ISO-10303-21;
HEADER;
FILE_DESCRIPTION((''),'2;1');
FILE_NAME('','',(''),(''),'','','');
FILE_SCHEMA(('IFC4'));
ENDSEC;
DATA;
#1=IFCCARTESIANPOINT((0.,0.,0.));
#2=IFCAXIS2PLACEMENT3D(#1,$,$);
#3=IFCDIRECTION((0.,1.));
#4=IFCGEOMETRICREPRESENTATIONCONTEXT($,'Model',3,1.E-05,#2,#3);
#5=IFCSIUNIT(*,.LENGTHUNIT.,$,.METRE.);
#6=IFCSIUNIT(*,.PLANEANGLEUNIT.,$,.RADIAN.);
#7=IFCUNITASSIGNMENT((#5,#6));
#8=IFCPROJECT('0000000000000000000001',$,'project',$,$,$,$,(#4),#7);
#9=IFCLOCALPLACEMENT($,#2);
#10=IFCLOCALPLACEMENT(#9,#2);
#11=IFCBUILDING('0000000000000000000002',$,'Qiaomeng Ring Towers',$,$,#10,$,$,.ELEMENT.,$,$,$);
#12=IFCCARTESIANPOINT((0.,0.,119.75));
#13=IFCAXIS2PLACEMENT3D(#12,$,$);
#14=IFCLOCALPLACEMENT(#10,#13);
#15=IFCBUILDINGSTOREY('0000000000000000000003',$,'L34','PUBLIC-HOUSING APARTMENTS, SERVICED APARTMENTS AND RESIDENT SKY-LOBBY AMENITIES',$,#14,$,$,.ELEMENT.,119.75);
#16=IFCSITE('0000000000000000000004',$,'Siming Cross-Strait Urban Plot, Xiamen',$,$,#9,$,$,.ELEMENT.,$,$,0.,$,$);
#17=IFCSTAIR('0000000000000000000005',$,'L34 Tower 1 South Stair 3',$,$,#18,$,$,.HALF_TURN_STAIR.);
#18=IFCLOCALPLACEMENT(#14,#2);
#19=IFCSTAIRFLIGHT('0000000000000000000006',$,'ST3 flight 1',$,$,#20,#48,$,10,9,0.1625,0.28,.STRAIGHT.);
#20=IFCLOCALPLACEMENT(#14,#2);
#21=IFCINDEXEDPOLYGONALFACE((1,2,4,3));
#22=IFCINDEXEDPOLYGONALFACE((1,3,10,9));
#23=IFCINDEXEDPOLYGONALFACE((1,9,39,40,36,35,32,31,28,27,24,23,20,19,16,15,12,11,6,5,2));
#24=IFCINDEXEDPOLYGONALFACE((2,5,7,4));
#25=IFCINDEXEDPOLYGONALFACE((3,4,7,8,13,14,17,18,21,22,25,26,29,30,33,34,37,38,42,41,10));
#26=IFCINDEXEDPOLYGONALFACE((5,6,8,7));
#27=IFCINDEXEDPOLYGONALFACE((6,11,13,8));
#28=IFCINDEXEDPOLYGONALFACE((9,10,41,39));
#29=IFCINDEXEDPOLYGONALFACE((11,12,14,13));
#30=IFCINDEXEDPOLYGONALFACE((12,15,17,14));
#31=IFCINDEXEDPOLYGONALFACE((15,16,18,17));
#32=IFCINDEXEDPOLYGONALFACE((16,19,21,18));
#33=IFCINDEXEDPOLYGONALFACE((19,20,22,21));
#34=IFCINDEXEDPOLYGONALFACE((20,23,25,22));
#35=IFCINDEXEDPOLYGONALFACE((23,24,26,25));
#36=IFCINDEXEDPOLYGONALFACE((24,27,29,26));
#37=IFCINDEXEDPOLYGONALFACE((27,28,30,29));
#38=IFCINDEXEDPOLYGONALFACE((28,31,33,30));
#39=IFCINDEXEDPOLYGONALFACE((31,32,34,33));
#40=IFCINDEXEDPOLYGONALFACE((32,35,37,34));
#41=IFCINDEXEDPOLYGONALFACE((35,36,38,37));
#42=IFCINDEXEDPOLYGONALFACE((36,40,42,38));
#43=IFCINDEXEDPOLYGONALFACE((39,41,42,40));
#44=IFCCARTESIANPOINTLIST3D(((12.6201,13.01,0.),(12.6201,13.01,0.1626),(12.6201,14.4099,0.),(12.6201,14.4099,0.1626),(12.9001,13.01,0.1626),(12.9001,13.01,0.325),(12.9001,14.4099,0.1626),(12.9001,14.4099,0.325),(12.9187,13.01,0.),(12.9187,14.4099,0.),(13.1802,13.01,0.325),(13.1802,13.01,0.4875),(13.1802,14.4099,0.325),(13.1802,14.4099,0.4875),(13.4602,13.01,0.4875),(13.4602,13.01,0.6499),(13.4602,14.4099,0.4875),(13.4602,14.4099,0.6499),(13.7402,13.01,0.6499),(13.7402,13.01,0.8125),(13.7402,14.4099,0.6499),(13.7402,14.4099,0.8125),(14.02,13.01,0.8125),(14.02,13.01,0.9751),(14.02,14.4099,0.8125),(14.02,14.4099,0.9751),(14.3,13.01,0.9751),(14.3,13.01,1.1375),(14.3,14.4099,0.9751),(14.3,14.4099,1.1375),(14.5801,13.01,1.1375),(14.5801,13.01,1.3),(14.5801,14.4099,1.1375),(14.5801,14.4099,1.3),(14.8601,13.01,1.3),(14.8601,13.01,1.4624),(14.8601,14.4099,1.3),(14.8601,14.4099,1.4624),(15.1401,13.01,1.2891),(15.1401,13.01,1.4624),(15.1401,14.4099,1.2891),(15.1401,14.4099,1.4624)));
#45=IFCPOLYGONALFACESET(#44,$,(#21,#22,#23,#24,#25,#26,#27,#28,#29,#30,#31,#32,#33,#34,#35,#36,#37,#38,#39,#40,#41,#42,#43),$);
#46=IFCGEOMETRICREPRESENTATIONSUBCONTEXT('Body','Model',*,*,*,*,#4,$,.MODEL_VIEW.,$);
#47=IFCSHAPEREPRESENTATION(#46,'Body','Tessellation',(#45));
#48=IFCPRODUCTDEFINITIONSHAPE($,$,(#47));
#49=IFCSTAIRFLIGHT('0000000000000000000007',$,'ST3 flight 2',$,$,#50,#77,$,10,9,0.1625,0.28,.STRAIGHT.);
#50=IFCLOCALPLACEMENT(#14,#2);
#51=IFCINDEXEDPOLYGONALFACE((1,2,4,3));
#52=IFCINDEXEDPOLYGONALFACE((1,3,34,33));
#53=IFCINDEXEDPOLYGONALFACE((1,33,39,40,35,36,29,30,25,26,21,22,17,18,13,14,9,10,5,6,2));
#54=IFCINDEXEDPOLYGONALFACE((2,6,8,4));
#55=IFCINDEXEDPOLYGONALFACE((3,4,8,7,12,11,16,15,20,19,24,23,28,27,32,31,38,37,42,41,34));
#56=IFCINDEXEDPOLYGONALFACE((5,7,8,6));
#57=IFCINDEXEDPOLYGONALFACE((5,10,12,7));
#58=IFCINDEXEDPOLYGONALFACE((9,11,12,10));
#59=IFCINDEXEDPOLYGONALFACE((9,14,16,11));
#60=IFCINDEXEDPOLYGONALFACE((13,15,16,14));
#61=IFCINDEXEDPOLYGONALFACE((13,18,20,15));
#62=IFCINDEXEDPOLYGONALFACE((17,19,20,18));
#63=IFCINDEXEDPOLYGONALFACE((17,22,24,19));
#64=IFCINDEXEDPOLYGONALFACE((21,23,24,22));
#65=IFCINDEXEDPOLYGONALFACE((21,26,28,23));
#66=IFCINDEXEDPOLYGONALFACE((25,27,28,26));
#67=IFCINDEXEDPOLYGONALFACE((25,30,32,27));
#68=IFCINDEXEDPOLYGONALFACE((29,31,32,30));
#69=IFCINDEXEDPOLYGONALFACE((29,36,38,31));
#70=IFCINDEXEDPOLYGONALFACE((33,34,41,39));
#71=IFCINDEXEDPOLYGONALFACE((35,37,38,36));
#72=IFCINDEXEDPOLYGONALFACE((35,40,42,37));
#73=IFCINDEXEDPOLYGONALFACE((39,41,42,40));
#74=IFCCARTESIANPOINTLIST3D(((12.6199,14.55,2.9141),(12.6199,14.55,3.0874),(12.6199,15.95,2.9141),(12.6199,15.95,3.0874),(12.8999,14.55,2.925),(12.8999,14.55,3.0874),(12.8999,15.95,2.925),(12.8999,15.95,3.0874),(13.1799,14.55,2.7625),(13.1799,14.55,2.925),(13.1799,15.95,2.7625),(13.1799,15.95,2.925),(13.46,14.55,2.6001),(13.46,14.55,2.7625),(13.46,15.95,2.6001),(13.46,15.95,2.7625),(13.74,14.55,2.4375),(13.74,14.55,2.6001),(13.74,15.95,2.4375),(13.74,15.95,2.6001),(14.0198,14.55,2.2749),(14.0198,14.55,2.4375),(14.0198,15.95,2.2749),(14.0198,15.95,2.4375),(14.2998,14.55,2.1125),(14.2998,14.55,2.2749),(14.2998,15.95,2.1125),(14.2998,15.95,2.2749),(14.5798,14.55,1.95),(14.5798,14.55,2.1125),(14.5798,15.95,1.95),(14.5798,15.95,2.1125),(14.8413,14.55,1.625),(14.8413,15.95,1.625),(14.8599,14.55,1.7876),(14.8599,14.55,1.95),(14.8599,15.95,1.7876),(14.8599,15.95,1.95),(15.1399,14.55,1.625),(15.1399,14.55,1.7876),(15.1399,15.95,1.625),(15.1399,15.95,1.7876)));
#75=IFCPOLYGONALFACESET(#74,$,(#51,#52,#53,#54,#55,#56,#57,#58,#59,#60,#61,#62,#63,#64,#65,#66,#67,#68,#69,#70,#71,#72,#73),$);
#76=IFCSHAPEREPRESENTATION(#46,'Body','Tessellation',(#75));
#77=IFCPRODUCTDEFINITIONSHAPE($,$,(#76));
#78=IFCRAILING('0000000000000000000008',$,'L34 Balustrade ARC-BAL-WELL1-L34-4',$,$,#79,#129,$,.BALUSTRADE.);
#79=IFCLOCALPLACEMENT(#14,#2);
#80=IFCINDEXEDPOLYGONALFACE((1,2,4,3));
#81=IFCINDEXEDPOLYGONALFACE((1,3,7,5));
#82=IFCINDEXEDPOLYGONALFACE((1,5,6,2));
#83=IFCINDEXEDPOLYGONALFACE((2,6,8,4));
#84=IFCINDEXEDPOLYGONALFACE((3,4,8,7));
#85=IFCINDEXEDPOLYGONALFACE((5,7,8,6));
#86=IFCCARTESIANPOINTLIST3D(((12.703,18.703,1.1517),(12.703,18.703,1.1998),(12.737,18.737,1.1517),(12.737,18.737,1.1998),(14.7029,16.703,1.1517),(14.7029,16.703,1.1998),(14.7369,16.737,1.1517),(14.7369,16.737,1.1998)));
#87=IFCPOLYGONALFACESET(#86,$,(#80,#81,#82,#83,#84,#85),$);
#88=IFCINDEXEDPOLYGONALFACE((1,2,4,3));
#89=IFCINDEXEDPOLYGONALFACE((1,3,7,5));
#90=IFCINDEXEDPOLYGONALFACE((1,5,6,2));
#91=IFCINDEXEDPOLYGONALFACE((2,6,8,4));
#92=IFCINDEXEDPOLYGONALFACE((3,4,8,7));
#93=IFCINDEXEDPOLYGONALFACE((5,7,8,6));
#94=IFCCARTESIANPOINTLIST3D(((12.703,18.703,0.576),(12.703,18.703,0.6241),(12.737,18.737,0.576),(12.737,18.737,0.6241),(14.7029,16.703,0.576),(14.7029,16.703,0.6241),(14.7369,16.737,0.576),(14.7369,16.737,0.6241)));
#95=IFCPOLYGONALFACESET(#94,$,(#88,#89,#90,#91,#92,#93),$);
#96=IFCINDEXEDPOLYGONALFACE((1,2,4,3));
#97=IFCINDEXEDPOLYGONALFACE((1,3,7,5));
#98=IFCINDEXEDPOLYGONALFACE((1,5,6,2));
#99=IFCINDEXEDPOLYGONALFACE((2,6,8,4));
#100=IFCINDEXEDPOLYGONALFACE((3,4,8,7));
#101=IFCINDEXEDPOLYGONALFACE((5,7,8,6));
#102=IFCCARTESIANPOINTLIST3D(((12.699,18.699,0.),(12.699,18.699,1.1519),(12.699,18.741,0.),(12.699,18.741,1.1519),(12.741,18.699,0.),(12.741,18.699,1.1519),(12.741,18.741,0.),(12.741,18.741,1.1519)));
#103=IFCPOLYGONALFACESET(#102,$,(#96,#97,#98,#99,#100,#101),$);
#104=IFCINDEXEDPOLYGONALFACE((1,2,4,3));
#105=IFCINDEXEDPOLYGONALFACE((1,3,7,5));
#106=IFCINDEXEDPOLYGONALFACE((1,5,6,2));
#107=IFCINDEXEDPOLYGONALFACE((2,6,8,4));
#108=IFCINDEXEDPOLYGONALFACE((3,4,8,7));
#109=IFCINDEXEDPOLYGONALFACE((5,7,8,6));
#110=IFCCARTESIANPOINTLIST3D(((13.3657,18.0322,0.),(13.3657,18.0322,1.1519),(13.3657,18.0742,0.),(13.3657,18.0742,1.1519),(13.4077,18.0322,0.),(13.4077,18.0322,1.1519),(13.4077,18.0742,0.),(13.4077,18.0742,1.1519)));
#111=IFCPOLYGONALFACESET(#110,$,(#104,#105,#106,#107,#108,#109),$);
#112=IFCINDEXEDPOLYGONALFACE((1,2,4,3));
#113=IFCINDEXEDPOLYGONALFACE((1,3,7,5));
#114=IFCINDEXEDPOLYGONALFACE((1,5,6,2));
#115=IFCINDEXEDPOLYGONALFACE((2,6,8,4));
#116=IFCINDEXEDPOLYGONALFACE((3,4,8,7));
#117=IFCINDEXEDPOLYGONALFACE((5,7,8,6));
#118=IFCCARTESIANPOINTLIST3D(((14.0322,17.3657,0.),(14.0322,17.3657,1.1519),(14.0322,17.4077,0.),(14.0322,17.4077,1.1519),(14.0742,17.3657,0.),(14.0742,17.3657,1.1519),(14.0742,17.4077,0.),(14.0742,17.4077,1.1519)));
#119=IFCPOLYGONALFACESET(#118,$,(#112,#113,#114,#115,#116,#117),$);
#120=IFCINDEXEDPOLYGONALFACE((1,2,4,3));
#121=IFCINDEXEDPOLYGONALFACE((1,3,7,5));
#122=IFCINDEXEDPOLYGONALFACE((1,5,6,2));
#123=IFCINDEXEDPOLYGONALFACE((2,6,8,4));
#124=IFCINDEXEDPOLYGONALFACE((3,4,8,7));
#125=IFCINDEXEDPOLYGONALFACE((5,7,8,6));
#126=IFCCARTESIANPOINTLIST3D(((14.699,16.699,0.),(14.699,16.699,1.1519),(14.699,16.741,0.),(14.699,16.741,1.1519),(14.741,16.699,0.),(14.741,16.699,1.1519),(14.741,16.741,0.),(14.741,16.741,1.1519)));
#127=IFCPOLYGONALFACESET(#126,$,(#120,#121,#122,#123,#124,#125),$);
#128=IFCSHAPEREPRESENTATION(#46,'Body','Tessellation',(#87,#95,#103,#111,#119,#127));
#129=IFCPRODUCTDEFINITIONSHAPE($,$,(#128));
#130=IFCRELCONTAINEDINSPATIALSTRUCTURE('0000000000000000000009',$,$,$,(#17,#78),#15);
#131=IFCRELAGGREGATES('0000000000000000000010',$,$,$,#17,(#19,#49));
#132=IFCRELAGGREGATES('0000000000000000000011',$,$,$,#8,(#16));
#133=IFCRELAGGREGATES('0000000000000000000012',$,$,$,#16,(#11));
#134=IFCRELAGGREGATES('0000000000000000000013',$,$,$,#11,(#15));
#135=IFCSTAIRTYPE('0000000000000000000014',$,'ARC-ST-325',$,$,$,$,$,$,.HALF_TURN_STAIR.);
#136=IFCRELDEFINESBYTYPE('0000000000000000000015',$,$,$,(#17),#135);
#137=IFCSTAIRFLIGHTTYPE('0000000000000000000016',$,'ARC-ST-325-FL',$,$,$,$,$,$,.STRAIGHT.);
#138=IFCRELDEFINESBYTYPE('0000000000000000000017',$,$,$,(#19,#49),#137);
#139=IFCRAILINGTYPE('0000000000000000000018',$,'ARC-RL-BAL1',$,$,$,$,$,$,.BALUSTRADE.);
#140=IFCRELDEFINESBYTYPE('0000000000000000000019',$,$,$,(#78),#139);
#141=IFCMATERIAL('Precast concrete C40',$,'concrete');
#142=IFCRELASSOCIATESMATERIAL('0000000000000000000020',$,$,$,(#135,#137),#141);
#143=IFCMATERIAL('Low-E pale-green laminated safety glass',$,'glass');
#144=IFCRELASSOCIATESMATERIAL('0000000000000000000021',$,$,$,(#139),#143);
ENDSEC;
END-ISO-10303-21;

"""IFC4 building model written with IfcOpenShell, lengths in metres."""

from ifc_helpers import new_model, si_unit, direction, frame, origin, origin_2d, place, context, subcontext, project, spatial, polyline, rectangle, outline, extrude, source, transform, mapped, material, type_object, element, aggregate, save


model = new_model("IFC4")

# Units and contexts
model_context = context("Model", 3, precision=1e-05, world=origin(), true_north=direction((0.0, 1.0)))
body_context = subcontext(model_context, "Body", "Model", "MODEL_VIEW")
ifc_project = project(units=[si_unit("LENGTHUNIT", "METRE"), si_unit("PLANEANGLEUNIT", "RADIAN")], contexts=[model_context])

# Site, building, storey
site_placement = place(None, origin())
site = spatial("IfcSite", under=ifc_project, at=site_placement, Name="Siming Cross-Strait Urban Plot, Xiamen", CompositionType="ELEMENT", RefElevation=0.0)
building_placement = place(site_placement, origin())
building = spatial("IfcBuilding", under=site, at=building_placement, Name="Qiaomeng Ring Towers", CompositionType="ELEMENT")
storey_placement = place(building_placement, frame((0.0, 0.0, 119.75)))
storey = spatial("IfcBuildingStorey", under=building, at=storey_placement, Name="L34", Description="PUBLIC-HOUSING APARTMENTS, SERVICED APARTMENTS AND RESIDENT SKY-LOBBY AMENITIES", CompositionType="ELEMENT", Elevation=119.75)

# Stair, stair flights
ifc_material_1 = material(Name="Precast concrete C40", Category="concrete")
stair_type = type_object("IfcStairType", Name="ARC-ST-325", PredefinedType="HALF_TURN_STAIR", material=ifc_material_1)
stair_placement = place(storey_placement, origin())
stair = element("IfcStair", 1, at=stair_placement, inside=storey, type_object=stair_type, Name="L34 Tower 1 South Stair 3", PredefinedType="HALF_TURN_STAIR")
stair_flight_type = type_object("IfcStairFlightType", Name="ARC-ST-325-FL", PredefinedType="STRAIGHT", material=ifc_material_1)
shared_shape_1 = source(origin(), body_context, "Body", "SweptSolid", [
    extrude(outline(polyline([(0.0, 0.0), (0.0, 0.1626), (0.28, 0.1626), (0.28, 0.325), (0.5601, 0.325), (0.5601, 0.4875), (0.8401, 0.4875), (0.8401, 0.6499), (1.1201, 0.6499), (1.1201, 0.8125), (1.3999, 0.8125), (1.3999, 0.9751), (1.6799, 0.9751), (1.6799, 1.1375), (1.96, 1.1375), (1.96, 1.3), (2.24, 1.3), (2.24, 1.4624), (2.52, 1.4624), (2.52, 1.625), (2.52, 1.2891), (0.2986, 0.0), (0.0, 0.0)])), frame((0.0, 0.7, 0.0), z_axis=(0.0, -1.0, 0.0), x_axis=(1.0, 0.0, 0.0)), (0.0, 0.0, 1.0), 1.3999),
])
stair_flight_1_placement = place(storey_placement, frame((12.6201, 13.71, 0.0), z_axis=(0.0, 0.0, 1.0), x_axis=(1.0, 0.0, 0.0)))
stair_flight_1 = element("IfcStairFlight", 2, at=stair_flight_1_placement, type_object=stair_flight_type, Name="ST3 flight 1", NumberOfRisers=10, NumberOfTreads=9, PredefinedType="STRAIGHT", RiserHeight=0.1625, TreadLength=0.28, context=body_context, shape_type="MappedRepresentation", body=[
    mapped(shared_shape_1, transform((0.0, 0.0, 0.0), x_axis=(1.0, 0.0, 0.0), y_axis=(0.0, 1.0, 0.0), z_axis=(0.0, 0.0, 1.0), scale=1.0)),
])
stair_flight_2_placement = place(storey_placement, frame((15.1399, 15.25, 1.625), z_axis=(0.0, 0.0, 1.0), x_axis=(-1.0, 0.0, 0.0)))
stair_flight_2 = element("IfcStairFlight", 3, at=stair_flight_2_placement, type_object=stair_flight_type, Name="ST3 flight 2", NumberOfRisers=10, NumberOfTreads=9, PredefinedType="STRAIGHT", RiserHeight=0.1625, TreadLength=0.28, context=body_context, shape_type="MappedRepresentation", body=[
    mapped(shared_shape_1, transform((0.0, 0.0, 0.0), x_axis=(1.0, 0.0, 0.0), y_axis=(0.0, 1.0, 0.0), z_axis=(0.0, 0.0, 1.0), scale=1.0)),
])
aggregate(stair, [stair_flight_1, stair_flight_2])

# Railing
ifc_material_2 = material(Name="Low-E pale-green laminated safety glass", Category="glass")
railing_type_1 = type_object("IfcRailingType", Name="ARC-RL-BAL1", PredefinedType="BALUSTRADE", material=ifc_material_2)
railing_1_placement = place(storey_placement, frame((12.72, 18.72, 0.0)))
element("IfcRailing", 4, at=railing_1_placement, inside=storey, type_object=railing_type_1, Name="L34 Balustrade ARC-BAL-WELL1-L34-4", PredefinedType="BALUSTRADE", context=body_context, shape_type="SweptSolid", body=[
    extrude(rectangle(XDim=0.0481, YDim=0.0481, at=origin_2d()), frame((0.0, 0.0, 1.1758), z_axis=(0.707107, -0.707107, 0.0), x_axis=(0.707107, 0.707107, 0.0)), (0.0, 0.0, 1.0), 2.8284),
    extrude(rectangle(XDim=0.0481, YDim=0.0481, at=origin_2d()), frame((0.0, 0.0, 0.6001), z_axis=(0.707107, -0.707107, 0.0), x_axis=(0.707107, 0.707107, 0.0)), (0.0, 0.0, 1.0), 2.8284),
    extrude(rectangle(XDim=0.042, YDim=0.042, at=origin_2d()), origin(), (0.0, 0.0, 1.0), 1.1519),
    extrude(rectangle(XDim=0.042, YDim=0.042, at=origin_2d()), frame((0.6667, -0.6667, 0.0)), (0.0, 0.0, 1.0), 1.1519),
    extrude(rectangle(XDim=0.042, YDim=0.042, at=origin_2d()), frame((1.3333, -1.3333, 0.0)), (0.0, 0.0, 1.0), 1.1519),
    extrude(rectangle(XDim=0.042, YDim=0.042, at=origin_2d()), frame((2.0, -2.0, 0.0)), (0.0, 0.0, 1.0), 1.1519),
])

save(model, "model.ifc")
